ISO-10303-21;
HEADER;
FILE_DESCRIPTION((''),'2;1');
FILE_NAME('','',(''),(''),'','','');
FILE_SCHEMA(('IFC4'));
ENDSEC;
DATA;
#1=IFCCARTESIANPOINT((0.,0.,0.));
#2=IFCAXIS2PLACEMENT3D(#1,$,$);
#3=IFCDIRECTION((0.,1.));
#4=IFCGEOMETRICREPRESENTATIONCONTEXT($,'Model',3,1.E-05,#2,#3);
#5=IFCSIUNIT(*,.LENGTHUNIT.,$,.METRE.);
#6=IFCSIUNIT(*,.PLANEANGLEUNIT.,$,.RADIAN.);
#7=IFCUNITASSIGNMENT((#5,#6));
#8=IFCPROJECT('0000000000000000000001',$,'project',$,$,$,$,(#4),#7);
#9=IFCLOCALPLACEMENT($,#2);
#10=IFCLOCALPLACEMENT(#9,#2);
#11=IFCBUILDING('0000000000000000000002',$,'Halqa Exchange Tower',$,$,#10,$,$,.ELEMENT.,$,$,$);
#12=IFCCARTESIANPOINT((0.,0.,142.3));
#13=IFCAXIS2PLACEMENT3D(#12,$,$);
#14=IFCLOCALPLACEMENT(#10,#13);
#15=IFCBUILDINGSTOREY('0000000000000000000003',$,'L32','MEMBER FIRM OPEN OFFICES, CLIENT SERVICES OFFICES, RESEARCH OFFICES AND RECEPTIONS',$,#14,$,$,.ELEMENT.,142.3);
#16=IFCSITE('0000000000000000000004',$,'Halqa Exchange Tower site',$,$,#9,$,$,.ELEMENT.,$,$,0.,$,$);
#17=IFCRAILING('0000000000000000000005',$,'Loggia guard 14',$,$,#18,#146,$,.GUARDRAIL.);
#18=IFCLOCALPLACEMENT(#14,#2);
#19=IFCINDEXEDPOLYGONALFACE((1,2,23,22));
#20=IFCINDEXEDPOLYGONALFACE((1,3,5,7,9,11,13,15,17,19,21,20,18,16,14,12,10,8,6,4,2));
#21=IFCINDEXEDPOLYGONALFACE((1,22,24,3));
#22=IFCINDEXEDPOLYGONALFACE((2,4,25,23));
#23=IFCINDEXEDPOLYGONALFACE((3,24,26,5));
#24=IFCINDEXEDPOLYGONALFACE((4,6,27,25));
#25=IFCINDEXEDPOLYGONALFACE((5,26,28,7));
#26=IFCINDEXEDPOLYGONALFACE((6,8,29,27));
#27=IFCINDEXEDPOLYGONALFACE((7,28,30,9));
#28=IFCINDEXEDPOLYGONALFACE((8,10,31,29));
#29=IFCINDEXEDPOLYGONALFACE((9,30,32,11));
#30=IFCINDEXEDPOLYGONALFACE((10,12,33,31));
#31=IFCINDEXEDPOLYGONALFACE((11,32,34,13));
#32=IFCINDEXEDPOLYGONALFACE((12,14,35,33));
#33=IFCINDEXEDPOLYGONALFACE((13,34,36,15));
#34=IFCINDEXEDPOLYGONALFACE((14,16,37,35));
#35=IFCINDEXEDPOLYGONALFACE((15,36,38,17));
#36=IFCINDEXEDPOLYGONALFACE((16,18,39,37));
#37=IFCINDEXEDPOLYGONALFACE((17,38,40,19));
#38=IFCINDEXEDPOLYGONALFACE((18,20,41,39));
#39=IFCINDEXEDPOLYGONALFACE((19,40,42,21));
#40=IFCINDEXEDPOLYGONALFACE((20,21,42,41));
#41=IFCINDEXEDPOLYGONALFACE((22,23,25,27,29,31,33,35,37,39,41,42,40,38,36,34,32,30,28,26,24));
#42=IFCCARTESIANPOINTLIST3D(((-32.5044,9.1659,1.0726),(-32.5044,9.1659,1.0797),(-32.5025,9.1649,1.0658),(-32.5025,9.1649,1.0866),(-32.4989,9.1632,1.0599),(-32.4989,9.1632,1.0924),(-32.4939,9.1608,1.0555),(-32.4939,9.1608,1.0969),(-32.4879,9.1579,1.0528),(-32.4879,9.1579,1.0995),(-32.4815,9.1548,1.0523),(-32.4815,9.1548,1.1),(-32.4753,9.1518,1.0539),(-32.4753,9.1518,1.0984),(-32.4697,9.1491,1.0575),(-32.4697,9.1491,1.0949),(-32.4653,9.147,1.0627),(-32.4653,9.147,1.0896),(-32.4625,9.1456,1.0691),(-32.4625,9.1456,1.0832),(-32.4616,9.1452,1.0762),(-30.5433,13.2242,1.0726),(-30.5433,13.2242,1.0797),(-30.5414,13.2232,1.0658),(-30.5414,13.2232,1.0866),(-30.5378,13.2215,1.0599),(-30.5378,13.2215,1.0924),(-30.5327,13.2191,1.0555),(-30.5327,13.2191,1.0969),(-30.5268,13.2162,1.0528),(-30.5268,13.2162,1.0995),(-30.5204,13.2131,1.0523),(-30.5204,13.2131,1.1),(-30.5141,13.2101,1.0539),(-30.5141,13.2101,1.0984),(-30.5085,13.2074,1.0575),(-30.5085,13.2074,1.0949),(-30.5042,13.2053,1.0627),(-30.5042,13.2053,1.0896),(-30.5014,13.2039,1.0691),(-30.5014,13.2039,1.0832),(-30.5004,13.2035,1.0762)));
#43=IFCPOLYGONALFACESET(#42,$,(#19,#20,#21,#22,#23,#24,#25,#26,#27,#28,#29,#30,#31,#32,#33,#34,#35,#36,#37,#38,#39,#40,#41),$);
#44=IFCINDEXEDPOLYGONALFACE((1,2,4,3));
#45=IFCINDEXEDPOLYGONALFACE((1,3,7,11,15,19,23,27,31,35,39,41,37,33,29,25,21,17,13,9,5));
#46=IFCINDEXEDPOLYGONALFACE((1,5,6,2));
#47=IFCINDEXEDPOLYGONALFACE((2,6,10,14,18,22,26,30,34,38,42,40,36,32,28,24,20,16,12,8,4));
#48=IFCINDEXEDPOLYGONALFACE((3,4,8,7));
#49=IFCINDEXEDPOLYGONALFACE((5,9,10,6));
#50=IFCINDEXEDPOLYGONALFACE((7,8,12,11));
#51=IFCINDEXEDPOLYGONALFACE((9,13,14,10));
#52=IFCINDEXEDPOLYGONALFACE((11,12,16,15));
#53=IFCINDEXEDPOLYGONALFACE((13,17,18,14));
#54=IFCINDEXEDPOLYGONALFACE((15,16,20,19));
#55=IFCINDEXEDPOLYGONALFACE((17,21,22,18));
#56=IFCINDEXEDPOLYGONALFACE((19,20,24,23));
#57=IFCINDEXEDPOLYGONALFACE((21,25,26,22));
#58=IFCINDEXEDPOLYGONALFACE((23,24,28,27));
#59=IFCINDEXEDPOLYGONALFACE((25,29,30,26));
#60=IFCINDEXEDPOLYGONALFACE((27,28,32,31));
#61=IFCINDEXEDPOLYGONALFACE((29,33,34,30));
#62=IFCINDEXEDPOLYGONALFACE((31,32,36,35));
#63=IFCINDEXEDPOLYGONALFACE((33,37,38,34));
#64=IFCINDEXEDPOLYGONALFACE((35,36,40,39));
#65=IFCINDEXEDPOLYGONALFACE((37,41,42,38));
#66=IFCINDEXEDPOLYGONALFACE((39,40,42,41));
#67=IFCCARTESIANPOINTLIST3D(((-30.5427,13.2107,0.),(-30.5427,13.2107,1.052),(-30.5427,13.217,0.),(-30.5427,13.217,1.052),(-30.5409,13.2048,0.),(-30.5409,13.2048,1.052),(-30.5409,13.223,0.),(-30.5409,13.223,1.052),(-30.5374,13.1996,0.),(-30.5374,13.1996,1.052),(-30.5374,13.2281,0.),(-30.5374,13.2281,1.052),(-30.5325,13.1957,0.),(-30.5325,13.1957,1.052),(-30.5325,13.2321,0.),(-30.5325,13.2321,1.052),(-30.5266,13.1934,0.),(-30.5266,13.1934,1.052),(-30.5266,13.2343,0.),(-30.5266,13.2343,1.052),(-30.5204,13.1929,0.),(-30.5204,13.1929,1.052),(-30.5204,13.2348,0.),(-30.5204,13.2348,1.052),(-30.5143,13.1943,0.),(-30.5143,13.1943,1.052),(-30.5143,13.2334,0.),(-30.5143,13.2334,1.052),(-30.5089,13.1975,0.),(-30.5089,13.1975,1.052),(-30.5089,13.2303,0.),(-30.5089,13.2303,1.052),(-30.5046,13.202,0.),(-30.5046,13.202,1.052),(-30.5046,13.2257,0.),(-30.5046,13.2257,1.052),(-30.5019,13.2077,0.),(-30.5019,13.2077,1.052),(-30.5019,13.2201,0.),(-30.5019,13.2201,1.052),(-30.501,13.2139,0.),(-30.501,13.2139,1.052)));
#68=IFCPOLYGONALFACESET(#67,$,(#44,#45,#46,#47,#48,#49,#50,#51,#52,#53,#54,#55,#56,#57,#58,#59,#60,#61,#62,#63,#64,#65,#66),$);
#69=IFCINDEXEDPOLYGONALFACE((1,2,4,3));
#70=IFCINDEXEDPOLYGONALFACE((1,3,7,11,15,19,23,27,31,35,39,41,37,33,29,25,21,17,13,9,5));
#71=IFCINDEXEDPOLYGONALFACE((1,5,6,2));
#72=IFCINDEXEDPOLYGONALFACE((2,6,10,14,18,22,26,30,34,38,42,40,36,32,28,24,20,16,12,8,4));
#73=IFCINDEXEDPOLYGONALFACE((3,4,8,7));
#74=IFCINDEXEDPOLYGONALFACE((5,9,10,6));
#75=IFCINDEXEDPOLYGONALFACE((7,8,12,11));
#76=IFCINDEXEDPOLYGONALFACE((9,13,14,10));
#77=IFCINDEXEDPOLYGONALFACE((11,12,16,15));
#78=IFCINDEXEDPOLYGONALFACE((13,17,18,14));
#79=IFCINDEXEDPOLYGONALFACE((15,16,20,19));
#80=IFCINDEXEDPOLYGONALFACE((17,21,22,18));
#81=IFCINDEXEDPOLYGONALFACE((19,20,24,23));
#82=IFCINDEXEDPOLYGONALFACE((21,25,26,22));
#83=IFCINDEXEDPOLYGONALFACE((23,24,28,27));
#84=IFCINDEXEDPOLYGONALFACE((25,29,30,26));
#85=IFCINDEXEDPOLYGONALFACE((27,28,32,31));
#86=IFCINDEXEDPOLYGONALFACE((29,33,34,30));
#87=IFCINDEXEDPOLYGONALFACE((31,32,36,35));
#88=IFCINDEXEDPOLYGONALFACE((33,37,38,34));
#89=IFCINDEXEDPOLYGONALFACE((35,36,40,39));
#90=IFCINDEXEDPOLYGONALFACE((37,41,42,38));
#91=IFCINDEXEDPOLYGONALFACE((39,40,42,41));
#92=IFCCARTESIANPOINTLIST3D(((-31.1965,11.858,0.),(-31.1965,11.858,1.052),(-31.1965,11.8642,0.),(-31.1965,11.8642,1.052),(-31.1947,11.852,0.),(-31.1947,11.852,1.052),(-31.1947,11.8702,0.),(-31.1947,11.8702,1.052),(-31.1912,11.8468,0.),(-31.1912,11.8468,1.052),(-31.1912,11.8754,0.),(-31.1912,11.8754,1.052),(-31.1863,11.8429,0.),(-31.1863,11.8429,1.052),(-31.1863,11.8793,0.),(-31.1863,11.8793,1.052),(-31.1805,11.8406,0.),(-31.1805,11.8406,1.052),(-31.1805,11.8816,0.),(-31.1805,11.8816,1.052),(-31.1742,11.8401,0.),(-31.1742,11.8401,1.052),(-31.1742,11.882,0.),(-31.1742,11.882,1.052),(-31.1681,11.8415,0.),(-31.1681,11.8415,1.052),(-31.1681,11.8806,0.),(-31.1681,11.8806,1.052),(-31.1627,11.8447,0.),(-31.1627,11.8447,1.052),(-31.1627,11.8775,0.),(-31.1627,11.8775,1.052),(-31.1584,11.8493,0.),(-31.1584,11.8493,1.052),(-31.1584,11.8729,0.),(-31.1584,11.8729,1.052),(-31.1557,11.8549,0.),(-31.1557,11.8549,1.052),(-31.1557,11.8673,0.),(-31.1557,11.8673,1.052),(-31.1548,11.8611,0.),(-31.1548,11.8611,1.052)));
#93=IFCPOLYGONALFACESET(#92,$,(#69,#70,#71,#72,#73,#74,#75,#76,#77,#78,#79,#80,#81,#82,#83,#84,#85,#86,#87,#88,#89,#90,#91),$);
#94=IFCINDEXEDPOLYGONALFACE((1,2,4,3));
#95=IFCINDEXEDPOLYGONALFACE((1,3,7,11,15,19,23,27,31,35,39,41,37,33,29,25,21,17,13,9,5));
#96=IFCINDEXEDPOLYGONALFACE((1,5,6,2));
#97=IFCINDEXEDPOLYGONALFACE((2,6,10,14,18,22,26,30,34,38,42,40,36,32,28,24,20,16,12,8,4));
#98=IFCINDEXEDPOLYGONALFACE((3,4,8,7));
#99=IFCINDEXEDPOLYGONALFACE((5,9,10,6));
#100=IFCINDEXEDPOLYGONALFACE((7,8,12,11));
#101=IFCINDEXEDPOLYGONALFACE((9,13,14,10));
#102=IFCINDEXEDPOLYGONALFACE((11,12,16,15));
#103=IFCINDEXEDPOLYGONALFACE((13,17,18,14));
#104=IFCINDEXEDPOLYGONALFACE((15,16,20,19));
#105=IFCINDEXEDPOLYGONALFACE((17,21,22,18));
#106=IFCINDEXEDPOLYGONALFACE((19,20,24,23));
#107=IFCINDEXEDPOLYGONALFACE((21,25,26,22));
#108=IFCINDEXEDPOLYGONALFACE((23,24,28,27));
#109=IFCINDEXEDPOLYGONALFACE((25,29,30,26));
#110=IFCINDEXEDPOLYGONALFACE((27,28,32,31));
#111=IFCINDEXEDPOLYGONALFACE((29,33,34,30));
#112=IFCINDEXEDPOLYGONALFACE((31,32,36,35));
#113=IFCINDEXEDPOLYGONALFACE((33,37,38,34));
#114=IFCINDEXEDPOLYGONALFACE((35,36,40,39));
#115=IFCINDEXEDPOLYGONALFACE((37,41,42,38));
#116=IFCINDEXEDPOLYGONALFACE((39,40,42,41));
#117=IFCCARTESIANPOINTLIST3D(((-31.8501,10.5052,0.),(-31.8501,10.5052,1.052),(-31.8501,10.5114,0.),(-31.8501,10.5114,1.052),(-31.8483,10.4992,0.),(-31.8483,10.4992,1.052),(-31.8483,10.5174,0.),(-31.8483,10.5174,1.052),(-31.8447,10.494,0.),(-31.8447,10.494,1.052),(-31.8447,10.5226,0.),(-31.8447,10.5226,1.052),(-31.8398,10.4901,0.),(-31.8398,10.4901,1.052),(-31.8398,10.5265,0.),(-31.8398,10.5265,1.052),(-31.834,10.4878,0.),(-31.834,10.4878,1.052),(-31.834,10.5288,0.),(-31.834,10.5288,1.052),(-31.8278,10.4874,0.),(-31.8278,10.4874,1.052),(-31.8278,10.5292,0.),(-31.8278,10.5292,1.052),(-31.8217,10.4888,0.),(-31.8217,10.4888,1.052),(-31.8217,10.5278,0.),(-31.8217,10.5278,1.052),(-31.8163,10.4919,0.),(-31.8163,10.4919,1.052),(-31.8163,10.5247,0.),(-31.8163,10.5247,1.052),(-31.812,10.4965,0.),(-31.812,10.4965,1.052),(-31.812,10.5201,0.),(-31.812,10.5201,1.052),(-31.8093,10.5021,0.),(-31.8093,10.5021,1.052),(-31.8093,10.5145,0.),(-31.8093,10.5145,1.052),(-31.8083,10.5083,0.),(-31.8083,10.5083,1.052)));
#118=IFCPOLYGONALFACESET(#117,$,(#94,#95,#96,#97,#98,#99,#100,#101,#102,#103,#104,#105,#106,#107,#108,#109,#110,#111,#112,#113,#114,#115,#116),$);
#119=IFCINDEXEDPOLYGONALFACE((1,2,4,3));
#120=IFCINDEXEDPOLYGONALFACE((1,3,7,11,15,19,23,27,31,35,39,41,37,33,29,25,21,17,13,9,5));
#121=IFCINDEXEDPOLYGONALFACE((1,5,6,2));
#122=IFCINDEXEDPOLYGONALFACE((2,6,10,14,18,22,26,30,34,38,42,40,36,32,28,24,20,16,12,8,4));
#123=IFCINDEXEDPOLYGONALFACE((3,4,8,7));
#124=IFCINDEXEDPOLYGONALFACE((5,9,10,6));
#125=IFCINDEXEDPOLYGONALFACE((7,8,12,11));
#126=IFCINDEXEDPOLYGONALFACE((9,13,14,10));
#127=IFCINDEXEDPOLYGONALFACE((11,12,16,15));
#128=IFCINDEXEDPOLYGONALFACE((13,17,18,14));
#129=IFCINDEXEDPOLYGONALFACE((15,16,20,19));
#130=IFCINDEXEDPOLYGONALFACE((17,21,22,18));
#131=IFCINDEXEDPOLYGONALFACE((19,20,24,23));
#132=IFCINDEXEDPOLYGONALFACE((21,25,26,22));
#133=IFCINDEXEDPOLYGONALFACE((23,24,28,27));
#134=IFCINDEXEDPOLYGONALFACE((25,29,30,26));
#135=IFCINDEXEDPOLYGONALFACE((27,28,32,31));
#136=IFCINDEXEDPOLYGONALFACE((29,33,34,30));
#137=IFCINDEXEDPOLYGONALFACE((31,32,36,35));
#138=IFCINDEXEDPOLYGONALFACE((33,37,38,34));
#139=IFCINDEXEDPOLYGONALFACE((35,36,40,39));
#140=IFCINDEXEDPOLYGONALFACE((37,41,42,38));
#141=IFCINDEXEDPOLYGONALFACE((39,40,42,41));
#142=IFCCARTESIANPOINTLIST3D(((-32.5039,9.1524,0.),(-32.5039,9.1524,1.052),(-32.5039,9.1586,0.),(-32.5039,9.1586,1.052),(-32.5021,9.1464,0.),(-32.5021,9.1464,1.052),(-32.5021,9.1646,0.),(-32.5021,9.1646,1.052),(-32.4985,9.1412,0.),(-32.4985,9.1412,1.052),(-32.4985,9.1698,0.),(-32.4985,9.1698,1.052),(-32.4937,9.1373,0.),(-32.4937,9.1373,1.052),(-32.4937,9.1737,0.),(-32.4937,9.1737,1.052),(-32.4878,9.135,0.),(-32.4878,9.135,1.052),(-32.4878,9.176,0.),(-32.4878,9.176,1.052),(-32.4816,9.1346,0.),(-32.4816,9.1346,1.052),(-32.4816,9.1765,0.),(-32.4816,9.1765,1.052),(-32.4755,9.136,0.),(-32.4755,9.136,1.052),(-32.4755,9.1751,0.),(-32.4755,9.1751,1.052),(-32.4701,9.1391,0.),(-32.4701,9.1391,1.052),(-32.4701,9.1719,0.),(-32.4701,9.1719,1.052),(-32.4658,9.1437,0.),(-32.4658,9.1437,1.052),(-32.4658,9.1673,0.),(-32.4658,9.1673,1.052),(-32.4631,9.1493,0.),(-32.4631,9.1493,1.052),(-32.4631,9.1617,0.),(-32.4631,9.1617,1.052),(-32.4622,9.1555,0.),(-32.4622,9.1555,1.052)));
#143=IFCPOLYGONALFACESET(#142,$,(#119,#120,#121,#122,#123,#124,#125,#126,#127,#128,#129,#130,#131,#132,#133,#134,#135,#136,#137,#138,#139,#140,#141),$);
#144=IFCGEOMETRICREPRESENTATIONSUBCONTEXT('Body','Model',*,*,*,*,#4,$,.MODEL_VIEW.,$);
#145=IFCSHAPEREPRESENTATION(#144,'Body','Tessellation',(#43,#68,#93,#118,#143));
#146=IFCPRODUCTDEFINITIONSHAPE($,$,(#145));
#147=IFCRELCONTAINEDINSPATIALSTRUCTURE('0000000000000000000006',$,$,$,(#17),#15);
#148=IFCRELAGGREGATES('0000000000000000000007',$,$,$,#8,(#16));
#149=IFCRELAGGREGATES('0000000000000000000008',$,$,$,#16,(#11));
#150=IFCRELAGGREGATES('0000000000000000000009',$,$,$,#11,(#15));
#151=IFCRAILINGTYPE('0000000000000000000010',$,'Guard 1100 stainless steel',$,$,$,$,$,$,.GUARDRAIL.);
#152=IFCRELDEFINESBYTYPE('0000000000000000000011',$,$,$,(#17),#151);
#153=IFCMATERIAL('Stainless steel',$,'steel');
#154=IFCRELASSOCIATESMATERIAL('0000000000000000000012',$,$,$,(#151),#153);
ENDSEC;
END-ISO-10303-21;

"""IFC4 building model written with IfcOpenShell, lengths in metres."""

from ifc_helpers import new_model, si_unit, direction, frame, origin, origin_2d, place, context, subcontext, project, spatial, circle, extrude, material, type_object, element, save


model = new_model("IFC4")

# Units and contexts
model_context = context("Model", 3, precision=1e-05, world=origin(), true_north=direction((0.0, 1.0)))
body_context = subcontext(model_context, "Body", "Model", "MODEL_VIEW")
ifc_project = project(units=[si_unit("LENGTHUNIT", "METRE"), si_unit("PLANEANGLEUNIT", "RADIAN")], contexts=[model_context])

# Site, building, storey
site_placement = place(None, origin())
site = spatial("IfcSite", under=ifc_project, at=site_placement, Name="Halqa Exchange Tower site", CompositionType="ELEMENT", RefElevation=0.0)
building_placement = place(site_placement, origin())
building = spatial("IfcBuilding", under=site, at=building_placement, Name="Halqa Exchange Tower", CompositionType="ELEMENT")
storey_placement = place(building_placement, frame((0.0, 0.0, 142.3)))
storey = spatial("IfcBuildingStorey", under=building, at=storey_placement, Name="L32", Description="MEMBER FIRM OPEN OFFICES, CLIENT SERVICES OFFICES, RESEARCH OFFICES AND RECEPTIONS", CompositionType="ELEMENT", Elevation=142.3)

# Railing
ifc_material_1 = material(Name="Stainless steel", Category="steel")
railing_type = type_object("IfcRailingType", Name="Guard 1100 stainless steel", PredefinedType="GUARDRAIL", material=ifc_material_1)
railing_1_placement = place(storey_placement, frame((-30.522, 13.2139, 0.0)))
element("IfcRailing", 1, at=railing_1_placement, inside=storey, type_object=railing_type, Name="Loggia guard 14", PredefinedType="GUARDRAIL", context=body_context, shape_type="SweptSolid", body=[
    extrude(circle(Radius=0.0239, at=origin_2d()), frame((0.0, 0.0, 1.0762), z_axis=(-0.435105, -0.90038, 0.0), x_axis=(0.90038, -0.435105, 0.0)), (0.0, 0.0, 1.0), 4.5073),
    extrude(circle(Radius=0.021, at=origin_2d()), origin(), (0.0, 0.0, 1.0), 1.052),
    extrude(circle(Radius=0.021, at=origin_2d()), frame((-0.6538, -1.3528, 0.0)), (0.0, 0.0, 1.0), 1.052),
    extrude(circle(Radius=0.021, at=origin_2d()), frame((-1.3074, -2.7056, 0.0)), (0.0, 0.0, 1.0), 1.052),
    extrude(circle(Radius=0.021, at=origin_2d()), frame((-1.9612, -4.0583, 0.0)), (0.0, 0.0, 1.0), 1.052),
])

save(model, "model.ifc")
